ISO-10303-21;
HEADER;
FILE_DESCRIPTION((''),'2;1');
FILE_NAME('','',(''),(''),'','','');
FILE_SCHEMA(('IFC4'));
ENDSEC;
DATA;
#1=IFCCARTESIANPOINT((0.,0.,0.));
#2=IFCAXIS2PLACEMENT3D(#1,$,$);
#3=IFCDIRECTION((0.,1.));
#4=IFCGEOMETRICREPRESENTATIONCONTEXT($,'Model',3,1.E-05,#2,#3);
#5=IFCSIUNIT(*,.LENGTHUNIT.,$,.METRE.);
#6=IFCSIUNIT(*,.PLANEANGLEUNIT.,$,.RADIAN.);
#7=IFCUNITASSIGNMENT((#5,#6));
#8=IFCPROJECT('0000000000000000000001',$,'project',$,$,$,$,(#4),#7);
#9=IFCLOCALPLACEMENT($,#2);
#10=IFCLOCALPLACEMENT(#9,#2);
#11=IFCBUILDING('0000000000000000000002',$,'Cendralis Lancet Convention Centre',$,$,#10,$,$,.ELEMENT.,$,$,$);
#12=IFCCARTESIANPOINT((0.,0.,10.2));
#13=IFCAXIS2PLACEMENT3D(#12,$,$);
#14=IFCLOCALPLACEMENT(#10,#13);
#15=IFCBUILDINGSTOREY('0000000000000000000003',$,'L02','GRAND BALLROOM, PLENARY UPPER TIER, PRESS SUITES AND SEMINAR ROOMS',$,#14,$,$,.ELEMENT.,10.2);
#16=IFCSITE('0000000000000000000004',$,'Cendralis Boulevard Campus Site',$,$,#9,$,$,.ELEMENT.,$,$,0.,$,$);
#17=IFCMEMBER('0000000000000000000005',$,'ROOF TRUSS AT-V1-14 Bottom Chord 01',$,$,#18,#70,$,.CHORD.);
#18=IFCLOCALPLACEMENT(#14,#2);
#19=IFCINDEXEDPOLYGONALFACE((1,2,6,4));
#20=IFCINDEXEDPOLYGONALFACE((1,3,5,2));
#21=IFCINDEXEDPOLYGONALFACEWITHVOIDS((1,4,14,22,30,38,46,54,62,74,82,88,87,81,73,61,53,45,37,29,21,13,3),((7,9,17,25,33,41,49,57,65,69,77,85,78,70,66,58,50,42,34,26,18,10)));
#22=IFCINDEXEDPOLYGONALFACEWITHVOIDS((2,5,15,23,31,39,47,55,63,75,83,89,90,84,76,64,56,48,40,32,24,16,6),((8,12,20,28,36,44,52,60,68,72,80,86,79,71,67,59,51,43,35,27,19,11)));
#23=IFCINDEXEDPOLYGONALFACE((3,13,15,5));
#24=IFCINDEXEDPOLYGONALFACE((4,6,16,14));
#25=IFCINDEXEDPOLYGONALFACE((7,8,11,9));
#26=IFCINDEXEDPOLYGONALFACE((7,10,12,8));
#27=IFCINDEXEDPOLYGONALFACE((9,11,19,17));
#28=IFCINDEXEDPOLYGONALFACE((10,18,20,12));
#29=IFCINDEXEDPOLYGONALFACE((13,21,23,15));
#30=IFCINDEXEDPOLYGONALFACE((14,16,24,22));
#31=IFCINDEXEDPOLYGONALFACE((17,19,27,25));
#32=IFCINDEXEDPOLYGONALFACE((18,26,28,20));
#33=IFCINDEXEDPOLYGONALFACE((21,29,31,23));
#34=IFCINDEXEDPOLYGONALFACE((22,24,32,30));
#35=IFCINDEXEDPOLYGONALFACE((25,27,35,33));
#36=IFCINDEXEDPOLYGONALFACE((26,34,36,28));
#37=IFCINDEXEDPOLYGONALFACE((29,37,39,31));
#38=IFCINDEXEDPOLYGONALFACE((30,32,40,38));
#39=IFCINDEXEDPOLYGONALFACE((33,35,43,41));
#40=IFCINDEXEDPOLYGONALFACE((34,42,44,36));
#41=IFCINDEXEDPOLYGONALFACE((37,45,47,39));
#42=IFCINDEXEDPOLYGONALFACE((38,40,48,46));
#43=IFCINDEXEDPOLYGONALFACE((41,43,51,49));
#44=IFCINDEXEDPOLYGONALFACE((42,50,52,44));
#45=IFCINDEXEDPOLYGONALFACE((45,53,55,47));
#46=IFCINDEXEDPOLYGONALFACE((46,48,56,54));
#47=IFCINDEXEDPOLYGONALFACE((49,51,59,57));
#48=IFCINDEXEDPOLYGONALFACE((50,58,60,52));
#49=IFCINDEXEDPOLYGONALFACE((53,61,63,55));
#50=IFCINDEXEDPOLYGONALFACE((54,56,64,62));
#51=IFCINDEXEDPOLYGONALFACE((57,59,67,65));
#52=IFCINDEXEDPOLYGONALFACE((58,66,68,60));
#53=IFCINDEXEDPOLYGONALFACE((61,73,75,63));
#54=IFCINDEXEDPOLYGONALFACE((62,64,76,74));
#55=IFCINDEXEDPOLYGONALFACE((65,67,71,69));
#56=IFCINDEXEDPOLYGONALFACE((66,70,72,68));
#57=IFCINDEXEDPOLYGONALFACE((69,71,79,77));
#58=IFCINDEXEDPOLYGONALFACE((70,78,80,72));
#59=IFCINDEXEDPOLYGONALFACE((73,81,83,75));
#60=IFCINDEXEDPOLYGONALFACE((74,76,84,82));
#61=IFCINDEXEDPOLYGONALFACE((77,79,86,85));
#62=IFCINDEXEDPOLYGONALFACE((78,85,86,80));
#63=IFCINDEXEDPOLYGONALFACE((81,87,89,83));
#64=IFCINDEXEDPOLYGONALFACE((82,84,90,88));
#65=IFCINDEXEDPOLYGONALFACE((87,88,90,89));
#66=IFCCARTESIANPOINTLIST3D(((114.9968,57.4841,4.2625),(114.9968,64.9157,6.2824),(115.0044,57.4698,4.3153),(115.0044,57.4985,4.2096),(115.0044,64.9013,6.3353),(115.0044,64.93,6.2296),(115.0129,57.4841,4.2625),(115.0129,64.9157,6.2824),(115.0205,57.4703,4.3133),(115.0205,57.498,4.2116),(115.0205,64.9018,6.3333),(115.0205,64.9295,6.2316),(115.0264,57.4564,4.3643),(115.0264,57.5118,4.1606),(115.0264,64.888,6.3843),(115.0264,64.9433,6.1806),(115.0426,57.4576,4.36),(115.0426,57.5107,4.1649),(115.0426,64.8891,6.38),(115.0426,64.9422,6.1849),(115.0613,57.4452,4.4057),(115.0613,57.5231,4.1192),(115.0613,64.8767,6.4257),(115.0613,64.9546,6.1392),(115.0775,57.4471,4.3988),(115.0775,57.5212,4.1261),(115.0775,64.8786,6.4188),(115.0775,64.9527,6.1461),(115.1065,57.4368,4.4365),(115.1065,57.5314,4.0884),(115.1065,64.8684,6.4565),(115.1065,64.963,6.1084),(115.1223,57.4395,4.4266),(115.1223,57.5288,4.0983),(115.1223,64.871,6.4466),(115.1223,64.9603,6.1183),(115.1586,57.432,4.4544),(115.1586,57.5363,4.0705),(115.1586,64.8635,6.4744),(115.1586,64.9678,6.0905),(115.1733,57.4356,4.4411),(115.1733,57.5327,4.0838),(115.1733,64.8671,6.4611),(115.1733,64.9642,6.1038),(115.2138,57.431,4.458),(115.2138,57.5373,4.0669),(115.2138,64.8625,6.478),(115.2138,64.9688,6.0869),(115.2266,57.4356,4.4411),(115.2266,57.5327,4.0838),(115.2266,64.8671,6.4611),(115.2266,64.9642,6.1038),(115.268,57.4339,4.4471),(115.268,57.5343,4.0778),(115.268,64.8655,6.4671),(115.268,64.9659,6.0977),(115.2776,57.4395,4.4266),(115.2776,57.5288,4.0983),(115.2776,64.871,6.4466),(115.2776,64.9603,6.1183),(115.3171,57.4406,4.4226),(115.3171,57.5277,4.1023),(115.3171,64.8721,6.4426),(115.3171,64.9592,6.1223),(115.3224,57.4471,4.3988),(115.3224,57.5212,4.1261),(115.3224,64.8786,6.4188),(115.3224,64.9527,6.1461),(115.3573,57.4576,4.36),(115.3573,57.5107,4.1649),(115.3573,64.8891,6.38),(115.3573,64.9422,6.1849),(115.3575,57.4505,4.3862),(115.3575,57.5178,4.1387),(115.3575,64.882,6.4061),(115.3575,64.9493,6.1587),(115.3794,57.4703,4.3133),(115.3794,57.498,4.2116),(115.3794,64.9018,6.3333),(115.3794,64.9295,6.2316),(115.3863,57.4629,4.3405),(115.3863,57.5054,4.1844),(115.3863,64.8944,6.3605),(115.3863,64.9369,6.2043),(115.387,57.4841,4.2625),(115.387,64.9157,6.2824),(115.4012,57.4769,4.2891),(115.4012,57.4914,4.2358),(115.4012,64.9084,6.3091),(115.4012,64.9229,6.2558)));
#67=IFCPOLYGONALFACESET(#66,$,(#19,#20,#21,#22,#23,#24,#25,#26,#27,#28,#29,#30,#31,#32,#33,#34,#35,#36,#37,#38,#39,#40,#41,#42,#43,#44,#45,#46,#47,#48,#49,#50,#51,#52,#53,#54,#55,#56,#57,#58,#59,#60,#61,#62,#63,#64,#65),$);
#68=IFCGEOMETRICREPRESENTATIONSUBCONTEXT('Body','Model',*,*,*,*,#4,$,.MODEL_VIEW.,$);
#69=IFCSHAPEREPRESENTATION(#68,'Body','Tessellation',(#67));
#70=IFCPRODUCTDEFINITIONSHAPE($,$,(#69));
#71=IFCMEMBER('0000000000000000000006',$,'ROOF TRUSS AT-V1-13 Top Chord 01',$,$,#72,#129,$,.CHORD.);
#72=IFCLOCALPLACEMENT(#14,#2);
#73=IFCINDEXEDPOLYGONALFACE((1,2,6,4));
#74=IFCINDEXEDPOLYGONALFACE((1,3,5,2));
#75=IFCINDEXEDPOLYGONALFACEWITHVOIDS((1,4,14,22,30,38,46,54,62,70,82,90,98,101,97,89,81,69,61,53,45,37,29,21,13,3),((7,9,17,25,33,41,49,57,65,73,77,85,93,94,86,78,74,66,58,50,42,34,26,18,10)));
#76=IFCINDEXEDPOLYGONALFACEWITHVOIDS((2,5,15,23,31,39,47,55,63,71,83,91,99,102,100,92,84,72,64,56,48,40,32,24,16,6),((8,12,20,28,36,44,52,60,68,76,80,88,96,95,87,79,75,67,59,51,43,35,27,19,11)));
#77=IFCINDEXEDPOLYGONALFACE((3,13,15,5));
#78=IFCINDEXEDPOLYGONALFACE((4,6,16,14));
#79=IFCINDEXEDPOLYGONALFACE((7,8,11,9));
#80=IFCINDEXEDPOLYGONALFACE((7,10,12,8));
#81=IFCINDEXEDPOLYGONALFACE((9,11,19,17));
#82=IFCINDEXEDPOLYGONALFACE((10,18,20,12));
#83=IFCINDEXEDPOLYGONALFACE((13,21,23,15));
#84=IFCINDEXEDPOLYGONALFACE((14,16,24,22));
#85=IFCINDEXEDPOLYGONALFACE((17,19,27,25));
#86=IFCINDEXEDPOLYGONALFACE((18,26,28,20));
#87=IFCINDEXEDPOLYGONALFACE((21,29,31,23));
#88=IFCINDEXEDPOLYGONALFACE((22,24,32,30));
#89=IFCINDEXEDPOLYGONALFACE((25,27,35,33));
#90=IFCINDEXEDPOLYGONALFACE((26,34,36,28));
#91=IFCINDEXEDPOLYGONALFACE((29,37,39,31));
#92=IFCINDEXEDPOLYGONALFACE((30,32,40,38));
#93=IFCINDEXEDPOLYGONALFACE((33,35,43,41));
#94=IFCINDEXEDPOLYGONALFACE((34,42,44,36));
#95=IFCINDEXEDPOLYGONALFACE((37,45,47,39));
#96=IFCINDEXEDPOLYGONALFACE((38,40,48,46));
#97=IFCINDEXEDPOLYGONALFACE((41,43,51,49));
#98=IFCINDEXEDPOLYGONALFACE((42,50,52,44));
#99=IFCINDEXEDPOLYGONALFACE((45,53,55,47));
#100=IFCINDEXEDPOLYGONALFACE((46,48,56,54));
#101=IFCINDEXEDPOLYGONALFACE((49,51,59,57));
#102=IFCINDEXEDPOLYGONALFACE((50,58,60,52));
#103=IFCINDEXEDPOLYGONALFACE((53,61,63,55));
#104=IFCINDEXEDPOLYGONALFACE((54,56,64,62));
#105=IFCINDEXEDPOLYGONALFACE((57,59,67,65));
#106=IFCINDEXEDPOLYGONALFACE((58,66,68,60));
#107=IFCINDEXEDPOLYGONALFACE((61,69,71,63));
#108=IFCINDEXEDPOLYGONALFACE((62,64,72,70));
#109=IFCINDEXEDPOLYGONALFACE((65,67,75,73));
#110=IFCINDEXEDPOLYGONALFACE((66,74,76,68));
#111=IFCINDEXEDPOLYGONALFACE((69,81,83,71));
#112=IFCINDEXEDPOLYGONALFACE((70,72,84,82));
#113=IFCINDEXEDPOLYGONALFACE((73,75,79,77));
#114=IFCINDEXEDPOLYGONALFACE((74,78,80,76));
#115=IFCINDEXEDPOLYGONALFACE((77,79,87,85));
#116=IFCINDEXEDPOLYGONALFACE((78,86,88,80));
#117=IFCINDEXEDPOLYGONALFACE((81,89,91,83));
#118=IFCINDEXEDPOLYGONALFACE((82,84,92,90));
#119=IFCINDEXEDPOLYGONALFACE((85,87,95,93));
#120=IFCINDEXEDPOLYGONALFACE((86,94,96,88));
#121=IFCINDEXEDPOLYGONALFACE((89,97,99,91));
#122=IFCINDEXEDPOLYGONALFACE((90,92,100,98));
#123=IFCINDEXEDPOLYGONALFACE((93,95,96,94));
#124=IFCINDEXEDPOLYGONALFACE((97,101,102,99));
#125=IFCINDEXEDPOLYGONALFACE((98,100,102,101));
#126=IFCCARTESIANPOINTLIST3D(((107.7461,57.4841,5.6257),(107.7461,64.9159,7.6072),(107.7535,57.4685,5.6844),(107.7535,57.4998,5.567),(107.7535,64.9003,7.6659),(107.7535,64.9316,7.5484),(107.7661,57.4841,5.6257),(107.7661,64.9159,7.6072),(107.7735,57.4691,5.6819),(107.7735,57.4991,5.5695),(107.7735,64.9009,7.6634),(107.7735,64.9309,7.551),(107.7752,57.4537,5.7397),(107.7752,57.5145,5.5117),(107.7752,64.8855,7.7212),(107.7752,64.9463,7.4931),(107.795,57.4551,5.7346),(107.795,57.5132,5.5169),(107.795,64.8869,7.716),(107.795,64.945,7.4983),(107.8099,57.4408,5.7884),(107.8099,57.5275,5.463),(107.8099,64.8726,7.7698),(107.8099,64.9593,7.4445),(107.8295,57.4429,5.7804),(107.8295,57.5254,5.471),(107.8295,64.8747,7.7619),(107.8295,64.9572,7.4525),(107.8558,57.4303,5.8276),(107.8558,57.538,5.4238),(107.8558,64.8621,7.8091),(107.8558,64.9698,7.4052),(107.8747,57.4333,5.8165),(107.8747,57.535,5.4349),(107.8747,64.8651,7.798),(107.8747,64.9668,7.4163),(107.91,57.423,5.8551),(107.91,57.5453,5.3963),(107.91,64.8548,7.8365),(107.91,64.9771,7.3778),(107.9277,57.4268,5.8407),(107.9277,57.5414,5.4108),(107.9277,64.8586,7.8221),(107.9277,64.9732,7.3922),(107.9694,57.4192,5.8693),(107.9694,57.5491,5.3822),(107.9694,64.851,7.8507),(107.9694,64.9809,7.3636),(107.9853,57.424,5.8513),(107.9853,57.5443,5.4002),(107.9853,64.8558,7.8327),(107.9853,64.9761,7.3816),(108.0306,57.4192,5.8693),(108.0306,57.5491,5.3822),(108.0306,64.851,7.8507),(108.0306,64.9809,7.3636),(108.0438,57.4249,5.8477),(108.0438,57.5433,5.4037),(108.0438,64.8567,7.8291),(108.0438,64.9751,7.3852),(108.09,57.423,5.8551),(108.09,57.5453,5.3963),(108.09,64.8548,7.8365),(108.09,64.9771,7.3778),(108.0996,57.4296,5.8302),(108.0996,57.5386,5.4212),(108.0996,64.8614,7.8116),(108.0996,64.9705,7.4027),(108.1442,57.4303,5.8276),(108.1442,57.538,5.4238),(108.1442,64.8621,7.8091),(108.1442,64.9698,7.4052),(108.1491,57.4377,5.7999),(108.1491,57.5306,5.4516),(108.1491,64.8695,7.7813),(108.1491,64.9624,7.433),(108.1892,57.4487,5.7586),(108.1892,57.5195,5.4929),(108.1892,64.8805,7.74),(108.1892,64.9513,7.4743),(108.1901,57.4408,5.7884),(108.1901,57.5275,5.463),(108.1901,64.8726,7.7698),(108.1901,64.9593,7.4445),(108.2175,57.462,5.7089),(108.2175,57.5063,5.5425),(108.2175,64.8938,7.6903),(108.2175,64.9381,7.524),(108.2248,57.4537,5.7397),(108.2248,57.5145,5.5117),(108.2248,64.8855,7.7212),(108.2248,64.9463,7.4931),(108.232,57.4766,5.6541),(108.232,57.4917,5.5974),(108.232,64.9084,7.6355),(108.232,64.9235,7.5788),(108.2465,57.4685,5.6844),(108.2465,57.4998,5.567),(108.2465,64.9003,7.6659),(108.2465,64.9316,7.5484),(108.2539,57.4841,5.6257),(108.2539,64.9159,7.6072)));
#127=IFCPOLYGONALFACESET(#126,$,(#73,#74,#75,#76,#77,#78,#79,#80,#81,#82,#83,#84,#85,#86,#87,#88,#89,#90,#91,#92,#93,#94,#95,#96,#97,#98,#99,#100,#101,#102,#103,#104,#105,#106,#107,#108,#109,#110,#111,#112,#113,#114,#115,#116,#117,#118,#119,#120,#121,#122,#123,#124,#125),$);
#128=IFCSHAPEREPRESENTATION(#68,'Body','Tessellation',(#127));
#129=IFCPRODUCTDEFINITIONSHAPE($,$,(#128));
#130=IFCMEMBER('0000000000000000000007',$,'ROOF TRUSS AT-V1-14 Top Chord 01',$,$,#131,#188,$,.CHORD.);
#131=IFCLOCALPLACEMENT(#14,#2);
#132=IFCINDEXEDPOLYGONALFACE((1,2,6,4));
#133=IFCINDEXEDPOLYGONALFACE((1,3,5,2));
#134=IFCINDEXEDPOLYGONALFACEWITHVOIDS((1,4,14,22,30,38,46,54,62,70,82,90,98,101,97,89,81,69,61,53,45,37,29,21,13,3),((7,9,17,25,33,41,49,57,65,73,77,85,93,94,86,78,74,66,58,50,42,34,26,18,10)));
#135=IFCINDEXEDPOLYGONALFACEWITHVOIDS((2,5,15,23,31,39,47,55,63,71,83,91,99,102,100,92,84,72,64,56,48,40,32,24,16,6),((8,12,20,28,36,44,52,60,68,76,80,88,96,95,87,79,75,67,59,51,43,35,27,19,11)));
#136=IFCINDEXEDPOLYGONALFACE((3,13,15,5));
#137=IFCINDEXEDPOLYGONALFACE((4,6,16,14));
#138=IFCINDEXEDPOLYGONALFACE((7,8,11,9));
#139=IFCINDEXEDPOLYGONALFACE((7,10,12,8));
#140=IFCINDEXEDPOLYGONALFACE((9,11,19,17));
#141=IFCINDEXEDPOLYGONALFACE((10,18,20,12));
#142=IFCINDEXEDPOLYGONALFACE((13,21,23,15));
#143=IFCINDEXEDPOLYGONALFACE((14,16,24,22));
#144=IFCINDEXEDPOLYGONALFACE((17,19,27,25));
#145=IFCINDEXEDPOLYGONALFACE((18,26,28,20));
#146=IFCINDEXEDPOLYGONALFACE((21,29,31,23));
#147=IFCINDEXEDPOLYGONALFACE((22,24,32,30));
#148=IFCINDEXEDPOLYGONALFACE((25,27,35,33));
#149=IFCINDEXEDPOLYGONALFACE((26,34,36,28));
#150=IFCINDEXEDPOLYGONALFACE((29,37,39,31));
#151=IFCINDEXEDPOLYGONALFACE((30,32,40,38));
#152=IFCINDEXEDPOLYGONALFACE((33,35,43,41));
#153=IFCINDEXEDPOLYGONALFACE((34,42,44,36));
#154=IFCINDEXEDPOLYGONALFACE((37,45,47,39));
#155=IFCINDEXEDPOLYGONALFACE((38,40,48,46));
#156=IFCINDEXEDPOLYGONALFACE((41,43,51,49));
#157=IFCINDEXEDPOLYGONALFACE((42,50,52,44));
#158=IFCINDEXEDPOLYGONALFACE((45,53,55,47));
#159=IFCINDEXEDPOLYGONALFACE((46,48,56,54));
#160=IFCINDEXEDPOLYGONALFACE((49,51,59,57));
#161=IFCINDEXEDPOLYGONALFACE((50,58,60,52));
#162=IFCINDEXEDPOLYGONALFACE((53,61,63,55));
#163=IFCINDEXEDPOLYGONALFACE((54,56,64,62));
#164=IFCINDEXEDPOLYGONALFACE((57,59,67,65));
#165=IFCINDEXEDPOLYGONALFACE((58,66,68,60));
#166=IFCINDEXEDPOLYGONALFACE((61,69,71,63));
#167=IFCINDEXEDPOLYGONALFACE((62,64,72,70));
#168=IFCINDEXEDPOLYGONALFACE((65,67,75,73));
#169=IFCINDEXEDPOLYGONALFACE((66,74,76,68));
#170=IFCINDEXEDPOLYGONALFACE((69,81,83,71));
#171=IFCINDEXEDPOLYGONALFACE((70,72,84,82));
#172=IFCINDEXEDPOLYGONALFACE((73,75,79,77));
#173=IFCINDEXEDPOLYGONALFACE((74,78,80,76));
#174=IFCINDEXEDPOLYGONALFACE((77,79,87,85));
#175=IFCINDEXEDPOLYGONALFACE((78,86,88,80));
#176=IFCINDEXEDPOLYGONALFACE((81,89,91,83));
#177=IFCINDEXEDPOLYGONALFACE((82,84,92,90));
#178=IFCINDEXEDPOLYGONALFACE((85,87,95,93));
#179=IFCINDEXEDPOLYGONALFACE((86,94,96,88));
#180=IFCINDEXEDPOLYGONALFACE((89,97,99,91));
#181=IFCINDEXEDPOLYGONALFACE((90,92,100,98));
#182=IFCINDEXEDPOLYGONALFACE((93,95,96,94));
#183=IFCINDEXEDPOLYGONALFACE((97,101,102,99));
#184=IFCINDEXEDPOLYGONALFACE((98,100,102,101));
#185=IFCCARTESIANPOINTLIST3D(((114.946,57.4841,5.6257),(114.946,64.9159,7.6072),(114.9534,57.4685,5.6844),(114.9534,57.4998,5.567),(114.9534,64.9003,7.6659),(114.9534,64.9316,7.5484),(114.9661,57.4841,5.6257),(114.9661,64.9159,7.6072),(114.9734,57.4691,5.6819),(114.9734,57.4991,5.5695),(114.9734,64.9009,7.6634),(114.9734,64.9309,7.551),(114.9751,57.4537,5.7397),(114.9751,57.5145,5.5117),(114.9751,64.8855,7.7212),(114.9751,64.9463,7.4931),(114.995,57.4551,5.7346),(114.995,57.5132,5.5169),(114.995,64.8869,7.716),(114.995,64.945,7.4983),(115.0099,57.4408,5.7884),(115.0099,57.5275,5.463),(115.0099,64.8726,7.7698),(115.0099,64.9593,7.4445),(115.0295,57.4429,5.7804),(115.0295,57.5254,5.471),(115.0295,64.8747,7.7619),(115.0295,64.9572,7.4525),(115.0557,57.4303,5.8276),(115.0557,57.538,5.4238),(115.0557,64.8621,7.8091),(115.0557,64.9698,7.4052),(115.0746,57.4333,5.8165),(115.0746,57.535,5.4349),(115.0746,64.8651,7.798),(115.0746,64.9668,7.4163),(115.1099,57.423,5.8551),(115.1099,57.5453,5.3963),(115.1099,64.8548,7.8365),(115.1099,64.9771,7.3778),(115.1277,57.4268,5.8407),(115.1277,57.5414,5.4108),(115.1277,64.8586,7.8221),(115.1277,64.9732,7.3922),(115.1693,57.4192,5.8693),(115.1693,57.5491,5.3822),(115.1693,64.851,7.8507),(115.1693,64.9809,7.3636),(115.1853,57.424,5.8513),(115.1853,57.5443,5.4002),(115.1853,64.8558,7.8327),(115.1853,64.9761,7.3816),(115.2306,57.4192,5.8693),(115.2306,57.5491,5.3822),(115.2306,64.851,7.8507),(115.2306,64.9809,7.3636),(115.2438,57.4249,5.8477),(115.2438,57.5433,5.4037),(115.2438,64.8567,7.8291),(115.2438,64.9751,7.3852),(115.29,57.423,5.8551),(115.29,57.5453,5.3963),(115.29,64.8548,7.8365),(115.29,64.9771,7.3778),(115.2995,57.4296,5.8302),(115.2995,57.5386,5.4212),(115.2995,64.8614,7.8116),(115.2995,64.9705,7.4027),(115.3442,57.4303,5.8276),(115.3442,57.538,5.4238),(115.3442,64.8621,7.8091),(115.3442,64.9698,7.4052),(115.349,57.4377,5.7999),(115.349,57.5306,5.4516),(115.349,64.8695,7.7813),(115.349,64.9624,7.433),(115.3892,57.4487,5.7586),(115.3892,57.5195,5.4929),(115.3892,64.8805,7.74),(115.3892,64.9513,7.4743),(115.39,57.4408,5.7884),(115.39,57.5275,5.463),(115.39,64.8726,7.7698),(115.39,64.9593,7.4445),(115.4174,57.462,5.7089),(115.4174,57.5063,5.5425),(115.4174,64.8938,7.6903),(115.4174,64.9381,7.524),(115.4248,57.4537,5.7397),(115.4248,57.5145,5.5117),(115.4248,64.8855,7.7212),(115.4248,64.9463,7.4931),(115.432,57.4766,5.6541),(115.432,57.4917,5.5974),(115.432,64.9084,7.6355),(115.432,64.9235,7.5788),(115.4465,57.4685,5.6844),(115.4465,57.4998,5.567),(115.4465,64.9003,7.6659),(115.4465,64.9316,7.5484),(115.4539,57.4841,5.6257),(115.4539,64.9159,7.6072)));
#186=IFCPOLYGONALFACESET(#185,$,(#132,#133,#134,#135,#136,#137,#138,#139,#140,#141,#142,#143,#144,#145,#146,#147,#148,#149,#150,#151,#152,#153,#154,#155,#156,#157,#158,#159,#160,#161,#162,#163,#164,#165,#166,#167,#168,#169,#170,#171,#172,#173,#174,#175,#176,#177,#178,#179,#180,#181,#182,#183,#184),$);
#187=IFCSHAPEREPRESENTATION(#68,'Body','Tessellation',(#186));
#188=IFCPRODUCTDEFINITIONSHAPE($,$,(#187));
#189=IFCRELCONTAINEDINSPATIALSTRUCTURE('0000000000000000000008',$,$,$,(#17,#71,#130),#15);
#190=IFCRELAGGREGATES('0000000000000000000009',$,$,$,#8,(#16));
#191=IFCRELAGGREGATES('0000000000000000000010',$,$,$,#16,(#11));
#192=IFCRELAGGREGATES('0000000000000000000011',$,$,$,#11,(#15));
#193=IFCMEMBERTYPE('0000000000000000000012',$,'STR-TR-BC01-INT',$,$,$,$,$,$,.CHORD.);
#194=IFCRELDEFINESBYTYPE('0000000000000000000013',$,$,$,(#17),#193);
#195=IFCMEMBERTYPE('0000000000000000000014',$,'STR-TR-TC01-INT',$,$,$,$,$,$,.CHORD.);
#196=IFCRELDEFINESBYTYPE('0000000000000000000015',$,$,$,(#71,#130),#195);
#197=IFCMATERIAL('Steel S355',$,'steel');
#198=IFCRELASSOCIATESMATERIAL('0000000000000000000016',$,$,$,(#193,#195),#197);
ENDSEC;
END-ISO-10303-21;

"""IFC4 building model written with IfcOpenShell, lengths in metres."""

from ifc_helpers import new_model, si_unit, direction, frame, origin, origin_2d, place, context, subcontext, project, spatial, hollow_circle, extrude, material, material_profile, profile_set, type_object, element, save


model = new_model("IFC4")

# Units and contexts
model_context = context("Model", 3, precision=1e-05, world=origin(), true_north=direction((0.0, 1.0)))
body_context = subcontext(model_context, "Body", "Model", "MODEL_VIEW")
ifc_project = project(units=[si_unit("LENGTHUNIT", "METRE"), si_unit("PLANEANGLEUNIT", "RADIAN")], contexts=[model_context])

# Site, building, storey
site_placement = place(None, origin())
site = spatial("IfcSite", under=ifc_project, at=site_placement, Name="Cendralis Boulevard Campus Site", CompositionType="ELEMENT", RefElevation=0.0)
building_placement = place(site_placement, origin())
building = spatial("IfcBuilding", under=site, at=building_placement, Name="Cendralis Lancet Convention Centre", CompositionType="ELEMENT")
storey_placement = place(building_placement, frame((0.0, 0.0, 10.2)))
storey = spatial("IfcBuildingStorey", under=building, at=storey_placement, Name="L02", Description="GRAND BALLROOM, PLENARY UPPER TIER, PRESS SUITES AND SEMINAR ROOMS", CompositionType="ELEMENT", Elevation=10.2)

# Members
ifc_material_1 = material(Name="Steel S355", Category="steel")
ifc_material_profile_1 = material_profile(ifc_material_1, hollow_circle(Radius=0.2031, WallThickness=0.0161, at=origin_2d()), Name="CHS 406.4x16.0")
ifc_profile_set_1 = profile_set([ifc_material_profile_1], Name="Steel S355")
member_type_1 = type_object("IfcMemberType", Name="STR-TR-BC01-INT", PredefinedType="CHORD", material=ifc_profile_set_1)
member_1_placement = place(storey_placement, frame((115.2, 57.4841, 4.2625), z_axis=(0.0, 0.964987, 0.262296), x_axis=(-1.0, 0.0, 0.0)))
element("IfcMember", 1, at=member_1_placement, inside=storey, type_object=member_type_1, Name="ROOF TRUSS AT-V1-14 Bottom Chord 01", PredefinedType="CHORD", context=body_context, shape_type="SweptSolid", body=[
    extrude(hollow_circle(Radius=0.2031, WallThickness=0.0161, at=origin_2d()), origin(), (0.0, 0.0, 1.0), 7.7012),
])
ifc_material_profile_2 = material_profile(ifc_material_1, hollow_circle(Radius=0.2539, WallThickness=0.02, at=origin_2d()), Name="CHS 508.0x20.0")
ifc_profile_set_2 = profile_set([ifc_material_profile_2], Name="Steel S355")
member_type_2 = type_object("IfcMemberType", Name="STR-TR-TC01-INT", PredefinedType="CHORD", material=ifc_profile_set_2)
for number, where, z_axis, x_axis, name in (
    (2, (108.0, 57.4841, 5.6257), (0.0, 0.966248, 0.257615), (-1.0, 0.0, 0.0), "ROOF TRUSS AT-V1-13 Top Chord 01"),
    (3, (115.2, 57.4841, 5.6257), (0.0, 0.966248, 0.257615), (-1.0, 0.0, 0.0), "ROOF TRUSS AT-V1-14 Top Chord 01"),
):
    element("IfcMember", number, at=place(storey_placement, frame(where, z_axis=z_axis, x_axis=x_axis)), inside=storey, type_object=member_type_2, Name=name, PredefinedType="CHORD", context=body_context, shape_type="SweptSolid", body=[
        extrude(hollow_circle(Radius=0.2539, WallThickness=0.02, at=origin_2d()), origin(), (0.0, 0.0, 1.0), 7.6914),
    ])

save(model, "model.ifc")
